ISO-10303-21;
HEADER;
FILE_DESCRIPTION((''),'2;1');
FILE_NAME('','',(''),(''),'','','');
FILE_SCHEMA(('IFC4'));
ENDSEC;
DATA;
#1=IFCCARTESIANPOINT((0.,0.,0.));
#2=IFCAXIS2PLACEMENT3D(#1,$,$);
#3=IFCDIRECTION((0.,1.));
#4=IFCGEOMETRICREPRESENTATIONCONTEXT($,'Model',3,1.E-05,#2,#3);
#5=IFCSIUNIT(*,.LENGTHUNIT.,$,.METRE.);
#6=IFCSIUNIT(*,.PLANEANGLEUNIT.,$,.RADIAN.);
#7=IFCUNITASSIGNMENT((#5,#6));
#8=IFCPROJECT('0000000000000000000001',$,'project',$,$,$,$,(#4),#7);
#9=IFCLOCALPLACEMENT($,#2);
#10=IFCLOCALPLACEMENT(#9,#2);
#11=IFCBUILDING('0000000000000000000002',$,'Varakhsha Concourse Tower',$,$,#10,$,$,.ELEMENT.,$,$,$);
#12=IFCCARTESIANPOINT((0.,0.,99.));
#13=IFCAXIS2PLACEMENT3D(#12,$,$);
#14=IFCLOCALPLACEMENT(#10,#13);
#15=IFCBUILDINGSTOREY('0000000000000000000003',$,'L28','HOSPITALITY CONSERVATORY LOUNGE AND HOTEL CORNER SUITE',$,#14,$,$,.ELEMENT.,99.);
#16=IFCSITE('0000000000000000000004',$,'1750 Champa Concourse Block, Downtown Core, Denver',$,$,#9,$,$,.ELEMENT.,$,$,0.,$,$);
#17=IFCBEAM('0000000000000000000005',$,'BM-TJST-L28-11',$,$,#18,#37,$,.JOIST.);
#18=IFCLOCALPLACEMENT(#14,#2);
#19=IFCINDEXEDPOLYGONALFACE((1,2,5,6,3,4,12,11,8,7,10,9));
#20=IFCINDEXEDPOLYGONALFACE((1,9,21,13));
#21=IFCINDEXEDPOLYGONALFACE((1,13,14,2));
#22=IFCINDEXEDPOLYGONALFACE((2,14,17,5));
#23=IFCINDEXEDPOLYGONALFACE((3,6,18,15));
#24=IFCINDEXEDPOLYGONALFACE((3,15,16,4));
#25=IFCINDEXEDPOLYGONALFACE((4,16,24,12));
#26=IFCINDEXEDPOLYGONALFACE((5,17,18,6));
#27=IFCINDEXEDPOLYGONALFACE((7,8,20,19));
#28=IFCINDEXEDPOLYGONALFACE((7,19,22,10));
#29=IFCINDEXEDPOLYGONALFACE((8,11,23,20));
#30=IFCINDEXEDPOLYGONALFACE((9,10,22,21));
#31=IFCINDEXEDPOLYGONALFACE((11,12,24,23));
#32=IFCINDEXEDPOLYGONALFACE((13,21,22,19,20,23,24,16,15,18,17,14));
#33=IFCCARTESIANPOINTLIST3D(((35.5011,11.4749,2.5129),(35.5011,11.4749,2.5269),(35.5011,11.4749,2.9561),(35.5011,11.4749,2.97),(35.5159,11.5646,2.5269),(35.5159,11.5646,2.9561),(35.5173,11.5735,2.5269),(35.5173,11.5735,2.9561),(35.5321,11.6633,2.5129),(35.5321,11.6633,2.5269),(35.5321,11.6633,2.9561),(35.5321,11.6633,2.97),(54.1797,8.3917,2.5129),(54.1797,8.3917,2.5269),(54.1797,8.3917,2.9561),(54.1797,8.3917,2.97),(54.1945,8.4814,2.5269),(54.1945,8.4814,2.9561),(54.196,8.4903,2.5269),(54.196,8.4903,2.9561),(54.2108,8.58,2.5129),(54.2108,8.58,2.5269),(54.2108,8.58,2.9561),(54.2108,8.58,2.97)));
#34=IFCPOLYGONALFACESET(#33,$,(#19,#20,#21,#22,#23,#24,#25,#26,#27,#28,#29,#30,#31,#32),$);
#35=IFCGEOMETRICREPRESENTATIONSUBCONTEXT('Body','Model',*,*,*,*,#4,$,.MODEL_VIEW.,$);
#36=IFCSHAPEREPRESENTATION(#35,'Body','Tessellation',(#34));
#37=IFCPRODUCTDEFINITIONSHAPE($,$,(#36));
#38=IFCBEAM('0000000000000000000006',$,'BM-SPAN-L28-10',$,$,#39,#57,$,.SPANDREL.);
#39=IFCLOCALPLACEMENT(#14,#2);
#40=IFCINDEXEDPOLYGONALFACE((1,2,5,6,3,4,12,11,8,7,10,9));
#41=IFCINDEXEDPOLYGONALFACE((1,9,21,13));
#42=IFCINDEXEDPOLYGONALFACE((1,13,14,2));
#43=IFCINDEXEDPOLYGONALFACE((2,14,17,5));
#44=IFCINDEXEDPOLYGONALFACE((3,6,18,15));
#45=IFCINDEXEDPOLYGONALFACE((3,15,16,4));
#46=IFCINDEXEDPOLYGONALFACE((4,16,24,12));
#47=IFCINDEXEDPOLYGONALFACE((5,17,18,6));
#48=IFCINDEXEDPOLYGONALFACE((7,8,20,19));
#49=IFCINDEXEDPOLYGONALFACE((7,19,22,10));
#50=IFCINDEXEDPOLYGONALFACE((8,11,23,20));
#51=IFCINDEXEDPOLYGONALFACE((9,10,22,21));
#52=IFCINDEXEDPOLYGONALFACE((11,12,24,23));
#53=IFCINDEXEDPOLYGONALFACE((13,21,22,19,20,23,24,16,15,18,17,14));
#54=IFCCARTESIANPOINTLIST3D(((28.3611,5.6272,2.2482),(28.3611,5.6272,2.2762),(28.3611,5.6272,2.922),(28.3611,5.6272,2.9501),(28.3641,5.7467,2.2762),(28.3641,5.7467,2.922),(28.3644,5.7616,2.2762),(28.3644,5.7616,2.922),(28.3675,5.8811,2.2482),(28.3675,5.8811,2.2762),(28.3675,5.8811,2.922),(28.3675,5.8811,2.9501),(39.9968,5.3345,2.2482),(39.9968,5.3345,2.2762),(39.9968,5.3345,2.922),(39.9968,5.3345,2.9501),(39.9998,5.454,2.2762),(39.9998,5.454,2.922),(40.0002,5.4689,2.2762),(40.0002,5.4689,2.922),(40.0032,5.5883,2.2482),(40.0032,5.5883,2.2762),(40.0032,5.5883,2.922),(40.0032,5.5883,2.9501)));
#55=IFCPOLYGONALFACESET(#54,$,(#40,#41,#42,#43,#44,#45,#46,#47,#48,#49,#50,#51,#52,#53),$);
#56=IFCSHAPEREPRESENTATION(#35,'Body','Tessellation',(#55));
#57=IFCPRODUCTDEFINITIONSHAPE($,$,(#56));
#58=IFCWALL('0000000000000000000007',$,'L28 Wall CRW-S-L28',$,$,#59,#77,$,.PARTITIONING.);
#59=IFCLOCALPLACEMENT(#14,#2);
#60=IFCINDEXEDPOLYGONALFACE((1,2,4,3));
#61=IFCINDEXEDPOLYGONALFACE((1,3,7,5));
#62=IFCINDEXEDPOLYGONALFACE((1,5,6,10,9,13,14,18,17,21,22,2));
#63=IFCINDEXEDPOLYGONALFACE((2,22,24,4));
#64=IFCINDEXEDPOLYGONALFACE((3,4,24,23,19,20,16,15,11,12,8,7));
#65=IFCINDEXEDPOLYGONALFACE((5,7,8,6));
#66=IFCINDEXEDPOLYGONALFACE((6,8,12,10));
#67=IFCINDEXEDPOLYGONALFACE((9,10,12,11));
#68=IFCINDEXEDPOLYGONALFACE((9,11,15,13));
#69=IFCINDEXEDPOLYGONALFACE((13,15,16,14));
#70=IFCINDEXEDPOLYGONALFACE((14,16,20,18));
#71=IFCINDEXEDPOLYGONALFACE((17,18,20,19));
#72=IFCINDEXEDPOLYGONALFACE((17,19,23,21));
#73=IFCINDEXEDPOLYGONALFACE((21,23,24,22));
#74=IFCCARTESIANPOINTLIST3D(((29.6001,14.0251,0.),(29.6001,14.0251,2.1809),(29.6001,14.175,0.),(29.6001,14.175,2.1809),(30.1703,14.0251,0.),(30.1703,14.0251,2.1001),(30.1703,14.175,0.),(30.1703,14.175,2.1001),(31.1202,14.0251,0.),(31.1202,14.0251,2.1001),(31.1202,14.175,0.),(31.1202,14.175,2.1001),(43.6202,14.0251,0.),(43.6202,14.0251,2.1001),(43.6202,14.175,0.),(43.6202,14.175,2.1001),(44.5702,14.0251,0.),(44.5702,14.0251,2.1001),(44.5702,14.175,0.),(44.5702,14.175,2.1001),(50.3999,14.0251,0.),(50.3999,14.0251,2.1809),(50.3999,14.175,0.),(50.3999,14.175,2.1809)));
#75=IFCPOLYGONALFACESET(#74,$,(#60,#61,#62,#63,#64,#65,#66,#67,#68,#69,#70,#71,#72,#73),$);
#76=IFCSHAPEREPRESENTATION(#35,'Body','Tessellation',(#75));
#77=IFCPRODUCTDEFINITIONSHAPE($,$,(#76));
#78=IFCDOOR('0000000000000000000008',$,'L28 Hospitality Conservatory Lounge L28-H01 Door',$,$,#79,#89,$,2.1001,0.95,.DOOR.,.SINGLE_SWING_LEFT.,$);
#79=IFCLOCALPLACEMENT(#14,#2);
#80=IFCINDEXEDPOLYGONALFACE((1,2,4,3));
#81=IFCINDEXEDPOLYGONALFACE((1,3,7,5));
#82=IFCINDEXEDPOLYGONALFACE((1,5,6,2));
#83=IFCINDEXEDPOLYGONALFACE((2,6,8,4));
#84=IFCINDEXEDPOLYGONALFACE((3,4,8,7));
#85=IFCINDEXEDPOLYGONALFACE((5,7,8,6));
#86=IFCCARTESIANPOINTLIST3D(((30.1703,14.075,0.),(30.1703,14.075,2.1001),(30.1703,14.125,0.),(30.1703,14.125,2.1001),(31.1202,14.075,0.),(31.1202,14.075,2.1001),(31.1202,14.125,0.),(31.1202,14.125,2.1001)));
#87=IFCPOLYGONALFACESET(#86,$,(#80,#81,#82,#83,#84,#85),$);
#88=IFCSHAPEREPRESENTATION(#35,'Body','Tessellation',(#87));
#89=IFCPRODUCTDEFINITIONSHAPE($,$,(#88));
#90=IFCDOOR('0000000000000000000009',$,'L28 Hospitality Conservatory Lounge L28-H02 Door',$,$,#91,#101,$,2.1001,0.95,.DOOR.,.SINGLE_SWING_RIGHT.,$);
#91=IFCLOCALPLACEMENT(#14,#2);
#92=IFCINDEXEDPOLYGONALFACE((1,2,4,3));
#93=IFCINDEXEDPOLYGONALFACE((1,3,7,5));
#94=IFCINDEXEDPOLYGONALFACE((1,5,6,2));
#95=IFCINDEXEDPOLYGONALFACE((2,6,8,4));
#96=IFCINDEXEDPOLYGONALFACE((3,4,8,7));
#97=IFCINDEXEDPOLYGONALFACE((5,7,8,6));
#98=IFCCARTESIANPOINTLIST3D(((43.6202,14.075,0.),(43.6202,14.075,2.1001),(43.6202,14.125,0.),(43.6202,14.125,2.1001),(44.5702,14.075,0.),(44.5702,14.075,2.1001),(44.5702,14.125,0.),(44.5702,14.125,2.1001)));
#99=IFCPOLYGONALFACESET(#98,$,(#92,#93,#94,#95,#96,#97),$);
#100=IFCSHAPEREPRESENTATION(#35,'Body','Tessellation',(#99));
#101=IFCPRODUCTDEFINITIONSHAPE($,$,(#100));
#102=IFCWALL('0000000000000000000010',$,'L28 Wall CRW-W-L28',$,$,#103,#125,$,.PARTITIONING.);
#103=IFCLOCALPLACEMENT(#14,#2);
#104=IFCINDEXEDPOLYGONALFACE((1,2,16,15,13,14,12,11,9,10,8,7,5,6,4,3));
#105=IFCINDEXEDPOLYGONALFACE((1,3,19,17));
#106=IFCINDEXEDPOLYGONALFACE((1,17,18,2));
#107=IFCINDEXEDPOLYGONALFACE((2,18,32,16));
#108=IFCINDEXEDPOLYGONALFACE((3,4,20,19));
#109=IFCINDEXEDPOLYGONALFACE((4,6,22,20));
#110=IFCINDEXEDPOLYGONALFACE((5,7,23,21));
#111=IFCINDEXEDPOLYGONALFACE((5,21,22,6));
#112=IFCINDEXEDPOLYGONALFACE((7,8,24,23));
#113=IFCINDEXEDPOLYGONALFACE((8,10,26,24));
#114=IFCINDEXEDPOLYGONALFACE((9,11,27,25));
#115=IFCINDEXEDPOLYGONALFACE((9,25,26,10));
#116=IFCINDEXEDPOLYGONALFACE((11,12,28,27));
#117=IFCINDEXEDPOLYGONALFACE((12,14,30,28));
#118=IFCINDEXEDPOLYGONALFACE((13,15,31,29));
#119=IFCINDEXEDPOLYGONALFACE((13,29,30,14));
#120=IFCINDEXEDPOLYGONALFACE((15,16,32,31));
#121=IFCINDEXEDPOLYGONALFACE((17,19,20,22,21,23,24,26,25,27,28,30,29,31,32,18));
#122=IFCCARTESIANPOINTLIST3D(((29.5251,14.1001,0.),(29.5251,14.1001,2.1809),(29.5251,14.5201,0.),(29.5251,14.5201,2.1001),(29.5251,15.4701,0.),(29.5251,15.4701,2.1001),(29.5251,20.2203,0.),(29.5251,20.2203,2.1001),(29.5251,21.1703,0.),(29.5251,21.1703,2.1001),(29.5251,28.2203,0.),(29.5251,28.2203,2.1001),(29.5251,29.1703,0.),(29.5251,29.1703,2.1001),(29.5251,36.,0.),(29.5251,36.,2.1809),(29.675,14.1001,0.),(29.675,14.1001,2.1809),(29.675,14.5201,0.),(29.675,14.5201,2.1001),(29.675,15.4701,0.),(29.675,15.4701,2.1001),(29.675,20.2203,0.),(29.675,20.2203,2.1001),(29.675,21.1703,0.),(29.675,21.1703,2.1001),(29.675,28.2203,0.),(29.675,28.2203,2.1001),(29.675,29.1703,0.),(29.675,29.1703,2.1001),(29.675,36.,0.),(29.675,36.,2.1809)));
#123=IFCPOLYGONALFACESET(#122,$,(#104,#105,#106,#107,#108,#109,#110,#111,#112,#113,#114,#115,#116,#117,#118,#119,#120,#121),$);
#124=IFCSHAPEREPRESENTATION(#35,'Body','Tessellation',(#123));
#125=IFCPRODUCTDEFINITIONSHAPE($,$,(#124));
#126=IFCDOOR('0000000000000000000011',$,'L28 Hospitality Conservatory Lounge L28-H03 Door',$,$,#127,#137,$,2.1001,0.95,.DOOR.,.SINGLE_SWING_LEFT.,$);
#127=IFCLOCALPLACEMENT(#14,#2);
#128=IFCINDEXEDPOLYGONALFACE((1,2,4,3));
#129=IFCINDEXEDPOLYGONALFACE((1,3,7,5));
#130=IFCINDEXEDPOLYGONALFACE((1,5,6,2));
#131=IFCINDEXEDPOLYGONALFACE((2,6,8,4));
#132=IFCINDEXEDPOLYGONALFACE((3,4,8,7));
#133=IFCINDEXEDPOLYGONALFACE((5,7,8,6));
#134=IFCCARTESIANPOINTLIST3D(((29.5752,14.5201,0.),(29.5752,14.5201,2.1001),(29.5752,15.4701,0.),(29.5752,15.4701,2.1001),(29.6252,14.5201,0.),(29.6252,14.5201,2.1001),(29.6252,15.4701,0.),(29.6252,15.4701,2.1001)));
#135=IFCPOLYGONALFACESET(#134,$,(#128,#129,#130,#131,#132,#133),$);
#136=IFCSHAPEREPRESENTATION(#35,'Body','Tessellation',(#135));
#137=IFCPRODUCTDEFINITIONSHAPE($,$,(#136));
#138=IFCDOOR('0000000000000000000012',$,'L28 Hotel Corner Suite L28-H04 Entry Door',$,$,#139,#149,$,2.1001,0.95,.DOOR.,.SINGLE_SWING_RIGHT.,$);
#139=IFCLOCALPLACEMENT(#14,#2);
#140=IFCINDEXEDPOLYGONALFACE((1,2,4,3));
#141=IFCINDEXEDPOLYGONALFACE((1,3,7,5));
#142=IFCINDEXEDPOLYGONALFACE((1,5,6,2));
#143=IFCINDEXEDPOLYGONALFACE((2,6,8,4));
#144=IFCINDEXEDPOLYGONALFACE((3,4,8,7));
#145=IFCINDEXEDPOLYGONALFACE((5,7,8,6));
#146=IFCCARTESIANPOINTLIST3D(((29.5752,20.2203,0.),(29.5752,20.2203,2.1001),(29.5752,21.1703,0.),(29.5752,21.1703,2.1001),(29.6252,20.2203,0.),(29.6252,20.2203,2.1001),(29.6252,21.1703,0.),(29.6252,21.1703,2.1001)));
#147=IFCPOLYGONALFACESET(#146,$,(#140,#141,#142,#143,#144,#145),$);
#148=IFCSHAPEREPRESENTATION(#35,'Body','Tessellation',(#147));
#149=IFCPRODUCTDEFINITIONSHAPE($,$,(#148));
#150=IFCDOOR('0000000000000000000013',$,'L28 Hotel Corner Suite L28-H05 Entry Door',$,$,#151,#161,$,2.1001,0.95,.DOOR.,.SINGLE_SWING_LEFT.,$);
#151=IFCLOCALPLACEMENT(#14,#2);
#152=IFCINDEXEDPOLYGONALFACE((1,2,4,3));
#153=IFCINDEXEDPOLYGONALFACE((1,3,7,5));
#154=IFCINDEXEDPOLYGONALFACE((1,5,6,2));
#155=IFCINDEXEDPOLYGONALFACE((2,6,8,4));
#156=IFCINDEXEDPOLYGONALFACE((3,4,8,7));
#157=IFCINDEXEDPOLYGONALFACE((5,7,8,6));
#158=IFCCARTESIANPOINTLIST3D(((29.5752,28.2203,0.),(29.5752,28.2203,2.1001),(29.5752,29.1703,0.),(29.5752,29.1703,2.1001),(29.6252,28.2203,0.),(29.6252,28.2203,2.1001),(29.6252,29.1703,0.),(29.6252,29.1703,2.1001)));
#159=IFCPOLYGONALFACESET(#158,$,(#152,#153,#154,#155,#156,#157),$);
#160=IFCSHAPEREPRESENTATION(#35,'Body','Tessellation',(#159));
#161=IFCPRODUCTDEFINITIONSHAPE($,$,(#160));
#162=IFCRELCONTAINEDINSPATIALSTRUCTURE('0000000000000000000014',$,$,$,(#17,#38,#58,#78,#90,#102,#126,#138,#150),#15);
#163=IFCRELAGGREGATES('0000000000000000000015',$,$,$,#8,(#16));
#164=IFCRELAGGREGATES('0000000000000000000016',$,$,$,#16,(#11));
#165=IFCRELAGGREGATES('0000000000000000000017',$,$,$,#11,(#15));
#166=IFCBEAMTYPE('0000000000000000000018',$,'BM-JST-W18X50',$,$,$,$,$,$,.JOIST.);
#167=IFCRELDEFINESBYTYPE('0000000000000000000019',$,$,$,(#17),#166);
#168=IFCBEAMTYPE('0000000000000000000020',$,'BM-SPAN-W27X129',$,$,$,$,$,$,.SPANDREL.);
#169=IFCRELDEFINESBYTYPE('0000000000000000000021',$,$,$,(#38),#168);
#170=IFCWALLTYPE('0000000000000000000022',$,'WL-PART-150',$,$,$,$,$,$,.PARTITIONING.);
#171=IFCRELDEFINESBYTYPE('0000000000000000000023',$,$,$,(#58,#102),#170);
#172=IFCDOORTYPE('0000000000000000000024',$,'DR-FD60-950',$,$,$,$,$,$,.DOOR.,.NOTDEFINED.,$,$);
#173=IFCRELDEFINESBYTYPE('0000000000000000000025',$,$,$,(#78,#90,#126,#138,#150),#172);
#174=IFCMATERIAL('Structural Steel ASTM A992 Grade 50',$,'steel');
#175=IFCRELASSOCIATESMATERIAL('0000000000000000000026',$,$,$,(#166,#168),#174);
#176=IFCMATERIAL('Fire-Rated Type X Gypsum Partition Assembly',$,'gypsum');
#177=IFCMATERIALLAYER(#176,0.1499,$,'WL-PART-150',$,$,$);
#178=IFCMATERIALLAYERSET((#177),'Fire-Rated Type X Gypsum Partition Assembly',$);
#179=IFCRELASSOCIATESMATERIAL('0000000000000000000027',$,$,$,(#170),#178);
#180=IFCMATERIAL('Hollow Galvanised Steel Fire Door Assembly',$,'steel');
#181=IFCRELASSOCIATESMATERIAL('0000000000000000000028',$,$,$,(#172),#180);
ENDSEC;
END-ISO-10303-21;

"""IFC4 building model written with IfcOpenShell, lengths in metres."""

from ifc_helpers import new_model, si_unit, direction, frame, frame_2d, origin, origin_2d, place, context, subcontext, project, spatial, rectangle, i_section, extrude, material, layer, layer_set, material_profile, profile_set, type_object, element, fill, save


model = new_model("IFC4")

# Units and contexts
model_context = context("Model", 3, precision=1e-05, world=origin(), true_north=direction((0.0, 1.0)))
body_context = subcontext(model_context, "Body", "Model", "MODEL_VIEW")
ifc_project = project(units=[si_unit("LENGTHUNIT", "METRE"), si_unit("PLANEANGLEUNIT", "RADIAN")], contexts=[model_context])

# Site, building, storey
site_placement = place(None, origin())
site = spatial("IfcSite", under=ifc_project, at=site_placement, Name="1750 Champa Concourse Block, Downtown Core, Denver", CompositionType="ELEMENT", RefElevation=0.0)
building_placement = place(site_placement, origin())
building = spatial("IfcBuilding", under=site, at=building_placement, Name="Varakhsha Concourse Tower", CompositionType="ELEMENT")
storey_placement = place(building_placement, frame((0.0, 0.0, 99.0)))
storey = spatial("IfcBuildingStorey", under=building, at=storey_placement, Name="L28", Description="HOSPITALITY CONSERVATORY LOUNGE AND HOTEL CORNER SUITE", CompositionType="ELEMENT", Elevation=99.0)

# Shared definitions
ifc_material_1 = material(Name="Structural Steel ASTM A992 Grade 50", Category="steel")

# Beams
ifc_material_profile_1 = material_profile(ifc_material_1, i_section(OverallWidth=0.1909, OverallDepth=0.457, WebThickness=0.009, FlangeThickness=0.0139, at=origin_2d()), Name="W18X50")
ifc_profile_set_1 = profile_set([ifc_material_profile_1], Name="Structural Steel ASTM A992 Grade 50")
beam_type_1 = type_object("IfcBeamType", Name="BM-JST-W18X50", PredefinedType="JOIST", material=ifc_profile_set_1)
beam_1_placement = place(storey_placement, frame((35.5166, 11.5691, 2.7415), z_axis=(0.986649, -0.162864, 0.0), x_axis=(0.162864, 0.986649, 0.0)))
element("IfcBeam", 1, at=beam_1_placement, inside=storey, type_object=beam_type_1, Name="BM-TJST-L28-11", PredefinedType="JOIST", context=body_context, shape_type="SweptSolid", body=[
    extrude(i_section(OverallWidth=0.1909, OverallDepth=0.457, WebThickness=0.009, FlangeThickness=0.0139, at=origin_2d()), origin(), (0.0, 0.0, 1.0), 18.9314),
])
ifc_material_profile_2 = material_profile(ifc_material_1, i_section(OverallWidth=0.2539, OverallDepth=0.7019, WebThickness=0.0149, FlangeThickness=0.0281, at=origin_2d()), Name="W27X129")
ifc_profile_set_2 = profile_set([ifc_material_profile_2], Name="Structural Steel ASTM A992 Grade 50")
beam_type_2 = type_object("IfcBeamType", Name="BM-SPAN-W27X129", PredefinedType="SPANDREL", material=ifc_profile_set_2)
beam_2_placement = place(storey_placement, frame((28.3643, 5.7542, 2.5991), z_axis=(0.999684, -0.025149, 0.0), x_axis=(0.025149, 0.999684, 0.0)))
element("IfcBeam", 2, at=beam_2_placement, inside=storey, type_object=beam_type_2, Name="BM-SPAN-L28-10", PredefinedType="SPANDREL", context=body_context, shape_type="SweptSolid", body=[
    extrude(i_section(OverallWidth=0.2539, OverallDepth=0.7019, WebThickness=0.0149, FlangeThickness=0.0281, at=origin_2d()), origin(), (0.0, 0.0, 1.0), 11.6394),
])

# Walls, openings, doors
ifc_material_2 = material(Name="Fire-Rated Type X Gypsum Partition Assembly", Category="gypsum")
ifc_layer = layer(ifc_material_2, 0.1499, Name="WL-PART-150")
ifc_layer_set = layer_set([ifc_layer], Name="Fire-Rated Type X Gypsum Partition Assembly")
wall_type = type_object("IfcWallType", Name="WL-PART-150", PredefinedType="PARTITIONING", material=ifc_layer_set)
wall_1_placement = place(storey_placement, frame((29.6001, 14.1001, 0.0), z_axis=(0.0, 0.0, 1.0), x_axis=(1.0, 0.0, 0.0)))
wall_1 = element("IfcWall", 3, at=wall_1_placement, inside=storey, type_object=wall_type, Name="L28 Wall CRW-S-L28", PredefinedType="PARTITIONING", context=body_context, shape_type="SweptSolid", body=[
    extrude(rectangle(XDim=20.7998, YDim=0.1499, at=frame_2d((10.3999, 0.0))), origin(), (0.0, 0.0, 1.0), 2.1809),
])
opening_1_placement = place(wall_1_placement, frame((0.5701, 0.0, 0.0)))
opening_1 = element("IfcOpeningElement", 4, at=opening_1_placement, cuts=wall_1, PredefinedType="OPENING", context=body_context, shape_type="SweptSolid", body=[
    extrude(rectangle(XDim=0.95, YDim=2.1001, at=frame_2d((0.4751, 1.05))), frame((0.0, 0.085, 0.0), z_axis=(0.0, -1.0, 0.0), x_axis=(1.0, 0.0, 0.0)), (0.0, 0.0, 1.0), 0.1699),
])
opening_2_placement = place(wall_1_placement, frame((14.02, 0.0, 0.0)))
opening_2 = element("IfcOpeningElement", 5, at=opening_2_placement, cuts=wall_1, PredefinedType="OPENING", context=body_context, shape_type="SweptSolid", body=[
    extrude(rectangle(XDim=0.95, YDim=2.1001, at=frame_2d((0.4751, 1.05))), frame((0.0, 0.085, 0.0), z_axis=(0.0, -1.0, 0.0), x_axis=(1.0, 0.0, 0.0)), (0.0, 0.0, 1.0), 0.1699),
])
ifc_material_3 = material(Name="Hollow Galvanised Steel Fire Door Assembly", Category="steel")
door_type = type_object("IfcDoorType", Name="DR-FD60-950", OperationType="NOTDEFINED", PredefinedType="DOOR", material=ifc_material_3)
door_1_placement = place(opening_1_placement, origin())
door_1 = element("IfcDoor", 6, at=door_1_placement, inside=storey, type_object=door_type, Name="L28 Hospitality Conservatory Lounge L28-H01 Door", OperationType="SINGLE_SWING_LEFT", OverallHeight=2.1001, OverallWidth=0.95, PredefinedType="DOOR", context=body_context, shape_type="SweptSolid", body=[
    extrude(rectangle(XDim=0.95, YDim=2.1001, at=frame_2d((0.4751, 1.05))), frame((0.0, 0.0249, 0.0), z_axis=(0.0, -1.0, 0.0), x_axis=(1.0, 0.0, 0.0)), (0.0, 0.0, 1.0), 0.05),
])
fill(opening_1, door_1)
door_2_placement = place(opening_2_placement, origin())
door_2 = element("IfcDoor", 7, at=door_2_placement, inside=storey, type_object=door_type, Name="L28 Hospitality Conservatory Lounge L28-H02 Door", OperationType="SINGLE_SWING_RIGHT", OverallHeight=2.1001, OverallWidth=0.95, PredefinedType="DOOR", context=body_context, shape_type="SweptSolid", body=[
    extrude(rectangle(XDim=0.95, YDim=2.1001, at=frame_2d((0.4751, 1.05))), frame((0.0, 0.0249, 0.0), z_axis=(0.0, -1.0, 0.0), x_axis=(1.0, 0.0, 0.0)), (0.0, 0.0, 1.0), 0.05),
])
fill(opening_2, door_2)
wall_2_placement = place(storey_placement, frame((29.6001, 14.1001, 0.0), z_axis=(0.0, 0.0, 1.0), x_axis=(0.0, 1.0, 0.0)))
wall_2 = element("IfcWall", 8, at=wall_2_placement, inside=storey, type_object=wall_type, Name="L28 Wall CRW-W-L28", PredefinedType="PARTITIONING", context=body_context, shape_type="SweptSolid", body=[
    extrude(rectangle(XDim=21.8999, YDim=0.1499, at=frame_2d((10.95, 0.0))), origin(), (0.0, 0.0, 1.0), 2.1809),
])
opening_3_placement = place(wall_2_placement, frame((0.4199, 0.0, 0.0)))
opening_3 = element("IfcOpeningElement", 9, at=opening_3_placement, cuts=wall_2, PredefinedType="OPENING", context=body_context, shape_type="SweptSolid", body=[
    extrude(rectangle(XDim=0.95, YDim=2.1001, at=frame_2d((0.4751, 1.05))), frame((0.0, 0.085, 0.0), z_axis=(0.0, -1.0, 0.0), x_axis=(1.0, 0.0, 0.0)), (0.0, 0.0, 1.0), 0.1699),
])
opening_4_placement = place(wall_2_placement, frame((6.1201, 0.0, 0.0)))
opening_4 = element("IfcOpeningElement", 10, at=opening_4_placement, cuts=wall_2, PredefinedType="OPENING", context=body_context, shape_type="SweptSolid", body=[
    extrude(rectangle(XDim=0.95, YDim=2.1001, at=frame_2d((0.4751, 1.05))), frame((0.0, 0.085, 0.0), z_axis=(0.0, -1.0, 0.0), x_axis=(1.0, 0.0, 0.0)), (0.0, 0.0, 1.0), 0.1699),
])
opening_5_placement = place(wall_2_placement, frame((14.1201, 0.0, 0.0)))
opening_5 = element("IfcOpeningElement", 11, at=opening_5_placement, cuts=wall_2, PredefinedType="OPENING", context=body_context, shape_type="SweptSolid", body=[
    extrude(rectangle(XDim=0.95, YDim=2.1001, at=frame_2d((0.4751, 1.05))), frame((0.0, 0.085, 0.0), z_axis=(0.0, -1.0, 0.0), x_axis=(1.0, 0.0, 0.0)), (0.0, 0.0, 1.0), 0.1699),
])
door_3_placement = place(opening_3_placement, origin())
door_3 = element("IfcDoor", 12, at=door_3_placement, inside=storey, type_object=door_type, Name="L28 Hospitality Conservatory Lounge L28-H03 Door", OperationType="SINGLE_SWING_LEFT", OverallHeight=2.1001, OverallWidth=0.95, PredefinedType="DOOR", context=body_context, shape_type="SweptSolid", body=[
    extrude(rectangle(XDim=0.95, YDim=2.1001, at=frame_2d((0.4751, 1.05))), frame((0.0, 0.0249, 0.0), z_axis=(0.0, -1.0, 0.0), x_axis=(1.0, 0.0, 0.0)), (0.0, 0.0, 1.0), 0.05),
])
fill(opening_3, door_3)
door_4_placement = place(opening_4_placement, origin())
door_4 = element("IfcDoor", 13, at=door_4_placement, inside=storey, type_object=door_type, Name="L28 Hotel Corner Suite L28-H04 Entry Door", OperationType="SINGLE_SWING_RIGHT", OverallHeight=2.1001, OverallWidth=0.95, PredefinedType="DOOR", context=body_context, shape_type="SweptSolid", body=[
    extrude(rectangle(XDim=0.95, YDim=2.1001, at=frame_2d((0.4751, 1.05))), frame((0.0, 0.0249, 0.0), z_axis=(0.0, -1.0, 0.0), x_axis=(1.0, 0.0, 0.0)), (0.0, 0.0, 1.0), 0.05),
])
fill(opening_4, door_4)
door_5_placement = place(opening_5_placement, origin())
door_5 = element("IfcDoor", 14, at=door_5_placement, inside=storey, type_object=door_type, Name="L28 Hotel Corner Suite L28-H05 Entry Door", OperationType="SINGLE_SWING_LEFT", OverallHeight=2.1001, OverallWidth=0.95, PredefinedType="DOOR", context=body_context, shape_type="SweptSolid", body=[
    extrude(rectangle(XDim=0.95, YDim=2.1001, at=frame_2d((0.4751, 1.05))), frame((0.0, 0.0249, 0.0), z_axis=(0.0, -1.0, 0.0), x_axis=(1.0, 0.0, 0.0)), (0.0, 0.0, 1.0), 0.05),
])
fill(opening_5, door_5)

save(model, "model.ifc")
